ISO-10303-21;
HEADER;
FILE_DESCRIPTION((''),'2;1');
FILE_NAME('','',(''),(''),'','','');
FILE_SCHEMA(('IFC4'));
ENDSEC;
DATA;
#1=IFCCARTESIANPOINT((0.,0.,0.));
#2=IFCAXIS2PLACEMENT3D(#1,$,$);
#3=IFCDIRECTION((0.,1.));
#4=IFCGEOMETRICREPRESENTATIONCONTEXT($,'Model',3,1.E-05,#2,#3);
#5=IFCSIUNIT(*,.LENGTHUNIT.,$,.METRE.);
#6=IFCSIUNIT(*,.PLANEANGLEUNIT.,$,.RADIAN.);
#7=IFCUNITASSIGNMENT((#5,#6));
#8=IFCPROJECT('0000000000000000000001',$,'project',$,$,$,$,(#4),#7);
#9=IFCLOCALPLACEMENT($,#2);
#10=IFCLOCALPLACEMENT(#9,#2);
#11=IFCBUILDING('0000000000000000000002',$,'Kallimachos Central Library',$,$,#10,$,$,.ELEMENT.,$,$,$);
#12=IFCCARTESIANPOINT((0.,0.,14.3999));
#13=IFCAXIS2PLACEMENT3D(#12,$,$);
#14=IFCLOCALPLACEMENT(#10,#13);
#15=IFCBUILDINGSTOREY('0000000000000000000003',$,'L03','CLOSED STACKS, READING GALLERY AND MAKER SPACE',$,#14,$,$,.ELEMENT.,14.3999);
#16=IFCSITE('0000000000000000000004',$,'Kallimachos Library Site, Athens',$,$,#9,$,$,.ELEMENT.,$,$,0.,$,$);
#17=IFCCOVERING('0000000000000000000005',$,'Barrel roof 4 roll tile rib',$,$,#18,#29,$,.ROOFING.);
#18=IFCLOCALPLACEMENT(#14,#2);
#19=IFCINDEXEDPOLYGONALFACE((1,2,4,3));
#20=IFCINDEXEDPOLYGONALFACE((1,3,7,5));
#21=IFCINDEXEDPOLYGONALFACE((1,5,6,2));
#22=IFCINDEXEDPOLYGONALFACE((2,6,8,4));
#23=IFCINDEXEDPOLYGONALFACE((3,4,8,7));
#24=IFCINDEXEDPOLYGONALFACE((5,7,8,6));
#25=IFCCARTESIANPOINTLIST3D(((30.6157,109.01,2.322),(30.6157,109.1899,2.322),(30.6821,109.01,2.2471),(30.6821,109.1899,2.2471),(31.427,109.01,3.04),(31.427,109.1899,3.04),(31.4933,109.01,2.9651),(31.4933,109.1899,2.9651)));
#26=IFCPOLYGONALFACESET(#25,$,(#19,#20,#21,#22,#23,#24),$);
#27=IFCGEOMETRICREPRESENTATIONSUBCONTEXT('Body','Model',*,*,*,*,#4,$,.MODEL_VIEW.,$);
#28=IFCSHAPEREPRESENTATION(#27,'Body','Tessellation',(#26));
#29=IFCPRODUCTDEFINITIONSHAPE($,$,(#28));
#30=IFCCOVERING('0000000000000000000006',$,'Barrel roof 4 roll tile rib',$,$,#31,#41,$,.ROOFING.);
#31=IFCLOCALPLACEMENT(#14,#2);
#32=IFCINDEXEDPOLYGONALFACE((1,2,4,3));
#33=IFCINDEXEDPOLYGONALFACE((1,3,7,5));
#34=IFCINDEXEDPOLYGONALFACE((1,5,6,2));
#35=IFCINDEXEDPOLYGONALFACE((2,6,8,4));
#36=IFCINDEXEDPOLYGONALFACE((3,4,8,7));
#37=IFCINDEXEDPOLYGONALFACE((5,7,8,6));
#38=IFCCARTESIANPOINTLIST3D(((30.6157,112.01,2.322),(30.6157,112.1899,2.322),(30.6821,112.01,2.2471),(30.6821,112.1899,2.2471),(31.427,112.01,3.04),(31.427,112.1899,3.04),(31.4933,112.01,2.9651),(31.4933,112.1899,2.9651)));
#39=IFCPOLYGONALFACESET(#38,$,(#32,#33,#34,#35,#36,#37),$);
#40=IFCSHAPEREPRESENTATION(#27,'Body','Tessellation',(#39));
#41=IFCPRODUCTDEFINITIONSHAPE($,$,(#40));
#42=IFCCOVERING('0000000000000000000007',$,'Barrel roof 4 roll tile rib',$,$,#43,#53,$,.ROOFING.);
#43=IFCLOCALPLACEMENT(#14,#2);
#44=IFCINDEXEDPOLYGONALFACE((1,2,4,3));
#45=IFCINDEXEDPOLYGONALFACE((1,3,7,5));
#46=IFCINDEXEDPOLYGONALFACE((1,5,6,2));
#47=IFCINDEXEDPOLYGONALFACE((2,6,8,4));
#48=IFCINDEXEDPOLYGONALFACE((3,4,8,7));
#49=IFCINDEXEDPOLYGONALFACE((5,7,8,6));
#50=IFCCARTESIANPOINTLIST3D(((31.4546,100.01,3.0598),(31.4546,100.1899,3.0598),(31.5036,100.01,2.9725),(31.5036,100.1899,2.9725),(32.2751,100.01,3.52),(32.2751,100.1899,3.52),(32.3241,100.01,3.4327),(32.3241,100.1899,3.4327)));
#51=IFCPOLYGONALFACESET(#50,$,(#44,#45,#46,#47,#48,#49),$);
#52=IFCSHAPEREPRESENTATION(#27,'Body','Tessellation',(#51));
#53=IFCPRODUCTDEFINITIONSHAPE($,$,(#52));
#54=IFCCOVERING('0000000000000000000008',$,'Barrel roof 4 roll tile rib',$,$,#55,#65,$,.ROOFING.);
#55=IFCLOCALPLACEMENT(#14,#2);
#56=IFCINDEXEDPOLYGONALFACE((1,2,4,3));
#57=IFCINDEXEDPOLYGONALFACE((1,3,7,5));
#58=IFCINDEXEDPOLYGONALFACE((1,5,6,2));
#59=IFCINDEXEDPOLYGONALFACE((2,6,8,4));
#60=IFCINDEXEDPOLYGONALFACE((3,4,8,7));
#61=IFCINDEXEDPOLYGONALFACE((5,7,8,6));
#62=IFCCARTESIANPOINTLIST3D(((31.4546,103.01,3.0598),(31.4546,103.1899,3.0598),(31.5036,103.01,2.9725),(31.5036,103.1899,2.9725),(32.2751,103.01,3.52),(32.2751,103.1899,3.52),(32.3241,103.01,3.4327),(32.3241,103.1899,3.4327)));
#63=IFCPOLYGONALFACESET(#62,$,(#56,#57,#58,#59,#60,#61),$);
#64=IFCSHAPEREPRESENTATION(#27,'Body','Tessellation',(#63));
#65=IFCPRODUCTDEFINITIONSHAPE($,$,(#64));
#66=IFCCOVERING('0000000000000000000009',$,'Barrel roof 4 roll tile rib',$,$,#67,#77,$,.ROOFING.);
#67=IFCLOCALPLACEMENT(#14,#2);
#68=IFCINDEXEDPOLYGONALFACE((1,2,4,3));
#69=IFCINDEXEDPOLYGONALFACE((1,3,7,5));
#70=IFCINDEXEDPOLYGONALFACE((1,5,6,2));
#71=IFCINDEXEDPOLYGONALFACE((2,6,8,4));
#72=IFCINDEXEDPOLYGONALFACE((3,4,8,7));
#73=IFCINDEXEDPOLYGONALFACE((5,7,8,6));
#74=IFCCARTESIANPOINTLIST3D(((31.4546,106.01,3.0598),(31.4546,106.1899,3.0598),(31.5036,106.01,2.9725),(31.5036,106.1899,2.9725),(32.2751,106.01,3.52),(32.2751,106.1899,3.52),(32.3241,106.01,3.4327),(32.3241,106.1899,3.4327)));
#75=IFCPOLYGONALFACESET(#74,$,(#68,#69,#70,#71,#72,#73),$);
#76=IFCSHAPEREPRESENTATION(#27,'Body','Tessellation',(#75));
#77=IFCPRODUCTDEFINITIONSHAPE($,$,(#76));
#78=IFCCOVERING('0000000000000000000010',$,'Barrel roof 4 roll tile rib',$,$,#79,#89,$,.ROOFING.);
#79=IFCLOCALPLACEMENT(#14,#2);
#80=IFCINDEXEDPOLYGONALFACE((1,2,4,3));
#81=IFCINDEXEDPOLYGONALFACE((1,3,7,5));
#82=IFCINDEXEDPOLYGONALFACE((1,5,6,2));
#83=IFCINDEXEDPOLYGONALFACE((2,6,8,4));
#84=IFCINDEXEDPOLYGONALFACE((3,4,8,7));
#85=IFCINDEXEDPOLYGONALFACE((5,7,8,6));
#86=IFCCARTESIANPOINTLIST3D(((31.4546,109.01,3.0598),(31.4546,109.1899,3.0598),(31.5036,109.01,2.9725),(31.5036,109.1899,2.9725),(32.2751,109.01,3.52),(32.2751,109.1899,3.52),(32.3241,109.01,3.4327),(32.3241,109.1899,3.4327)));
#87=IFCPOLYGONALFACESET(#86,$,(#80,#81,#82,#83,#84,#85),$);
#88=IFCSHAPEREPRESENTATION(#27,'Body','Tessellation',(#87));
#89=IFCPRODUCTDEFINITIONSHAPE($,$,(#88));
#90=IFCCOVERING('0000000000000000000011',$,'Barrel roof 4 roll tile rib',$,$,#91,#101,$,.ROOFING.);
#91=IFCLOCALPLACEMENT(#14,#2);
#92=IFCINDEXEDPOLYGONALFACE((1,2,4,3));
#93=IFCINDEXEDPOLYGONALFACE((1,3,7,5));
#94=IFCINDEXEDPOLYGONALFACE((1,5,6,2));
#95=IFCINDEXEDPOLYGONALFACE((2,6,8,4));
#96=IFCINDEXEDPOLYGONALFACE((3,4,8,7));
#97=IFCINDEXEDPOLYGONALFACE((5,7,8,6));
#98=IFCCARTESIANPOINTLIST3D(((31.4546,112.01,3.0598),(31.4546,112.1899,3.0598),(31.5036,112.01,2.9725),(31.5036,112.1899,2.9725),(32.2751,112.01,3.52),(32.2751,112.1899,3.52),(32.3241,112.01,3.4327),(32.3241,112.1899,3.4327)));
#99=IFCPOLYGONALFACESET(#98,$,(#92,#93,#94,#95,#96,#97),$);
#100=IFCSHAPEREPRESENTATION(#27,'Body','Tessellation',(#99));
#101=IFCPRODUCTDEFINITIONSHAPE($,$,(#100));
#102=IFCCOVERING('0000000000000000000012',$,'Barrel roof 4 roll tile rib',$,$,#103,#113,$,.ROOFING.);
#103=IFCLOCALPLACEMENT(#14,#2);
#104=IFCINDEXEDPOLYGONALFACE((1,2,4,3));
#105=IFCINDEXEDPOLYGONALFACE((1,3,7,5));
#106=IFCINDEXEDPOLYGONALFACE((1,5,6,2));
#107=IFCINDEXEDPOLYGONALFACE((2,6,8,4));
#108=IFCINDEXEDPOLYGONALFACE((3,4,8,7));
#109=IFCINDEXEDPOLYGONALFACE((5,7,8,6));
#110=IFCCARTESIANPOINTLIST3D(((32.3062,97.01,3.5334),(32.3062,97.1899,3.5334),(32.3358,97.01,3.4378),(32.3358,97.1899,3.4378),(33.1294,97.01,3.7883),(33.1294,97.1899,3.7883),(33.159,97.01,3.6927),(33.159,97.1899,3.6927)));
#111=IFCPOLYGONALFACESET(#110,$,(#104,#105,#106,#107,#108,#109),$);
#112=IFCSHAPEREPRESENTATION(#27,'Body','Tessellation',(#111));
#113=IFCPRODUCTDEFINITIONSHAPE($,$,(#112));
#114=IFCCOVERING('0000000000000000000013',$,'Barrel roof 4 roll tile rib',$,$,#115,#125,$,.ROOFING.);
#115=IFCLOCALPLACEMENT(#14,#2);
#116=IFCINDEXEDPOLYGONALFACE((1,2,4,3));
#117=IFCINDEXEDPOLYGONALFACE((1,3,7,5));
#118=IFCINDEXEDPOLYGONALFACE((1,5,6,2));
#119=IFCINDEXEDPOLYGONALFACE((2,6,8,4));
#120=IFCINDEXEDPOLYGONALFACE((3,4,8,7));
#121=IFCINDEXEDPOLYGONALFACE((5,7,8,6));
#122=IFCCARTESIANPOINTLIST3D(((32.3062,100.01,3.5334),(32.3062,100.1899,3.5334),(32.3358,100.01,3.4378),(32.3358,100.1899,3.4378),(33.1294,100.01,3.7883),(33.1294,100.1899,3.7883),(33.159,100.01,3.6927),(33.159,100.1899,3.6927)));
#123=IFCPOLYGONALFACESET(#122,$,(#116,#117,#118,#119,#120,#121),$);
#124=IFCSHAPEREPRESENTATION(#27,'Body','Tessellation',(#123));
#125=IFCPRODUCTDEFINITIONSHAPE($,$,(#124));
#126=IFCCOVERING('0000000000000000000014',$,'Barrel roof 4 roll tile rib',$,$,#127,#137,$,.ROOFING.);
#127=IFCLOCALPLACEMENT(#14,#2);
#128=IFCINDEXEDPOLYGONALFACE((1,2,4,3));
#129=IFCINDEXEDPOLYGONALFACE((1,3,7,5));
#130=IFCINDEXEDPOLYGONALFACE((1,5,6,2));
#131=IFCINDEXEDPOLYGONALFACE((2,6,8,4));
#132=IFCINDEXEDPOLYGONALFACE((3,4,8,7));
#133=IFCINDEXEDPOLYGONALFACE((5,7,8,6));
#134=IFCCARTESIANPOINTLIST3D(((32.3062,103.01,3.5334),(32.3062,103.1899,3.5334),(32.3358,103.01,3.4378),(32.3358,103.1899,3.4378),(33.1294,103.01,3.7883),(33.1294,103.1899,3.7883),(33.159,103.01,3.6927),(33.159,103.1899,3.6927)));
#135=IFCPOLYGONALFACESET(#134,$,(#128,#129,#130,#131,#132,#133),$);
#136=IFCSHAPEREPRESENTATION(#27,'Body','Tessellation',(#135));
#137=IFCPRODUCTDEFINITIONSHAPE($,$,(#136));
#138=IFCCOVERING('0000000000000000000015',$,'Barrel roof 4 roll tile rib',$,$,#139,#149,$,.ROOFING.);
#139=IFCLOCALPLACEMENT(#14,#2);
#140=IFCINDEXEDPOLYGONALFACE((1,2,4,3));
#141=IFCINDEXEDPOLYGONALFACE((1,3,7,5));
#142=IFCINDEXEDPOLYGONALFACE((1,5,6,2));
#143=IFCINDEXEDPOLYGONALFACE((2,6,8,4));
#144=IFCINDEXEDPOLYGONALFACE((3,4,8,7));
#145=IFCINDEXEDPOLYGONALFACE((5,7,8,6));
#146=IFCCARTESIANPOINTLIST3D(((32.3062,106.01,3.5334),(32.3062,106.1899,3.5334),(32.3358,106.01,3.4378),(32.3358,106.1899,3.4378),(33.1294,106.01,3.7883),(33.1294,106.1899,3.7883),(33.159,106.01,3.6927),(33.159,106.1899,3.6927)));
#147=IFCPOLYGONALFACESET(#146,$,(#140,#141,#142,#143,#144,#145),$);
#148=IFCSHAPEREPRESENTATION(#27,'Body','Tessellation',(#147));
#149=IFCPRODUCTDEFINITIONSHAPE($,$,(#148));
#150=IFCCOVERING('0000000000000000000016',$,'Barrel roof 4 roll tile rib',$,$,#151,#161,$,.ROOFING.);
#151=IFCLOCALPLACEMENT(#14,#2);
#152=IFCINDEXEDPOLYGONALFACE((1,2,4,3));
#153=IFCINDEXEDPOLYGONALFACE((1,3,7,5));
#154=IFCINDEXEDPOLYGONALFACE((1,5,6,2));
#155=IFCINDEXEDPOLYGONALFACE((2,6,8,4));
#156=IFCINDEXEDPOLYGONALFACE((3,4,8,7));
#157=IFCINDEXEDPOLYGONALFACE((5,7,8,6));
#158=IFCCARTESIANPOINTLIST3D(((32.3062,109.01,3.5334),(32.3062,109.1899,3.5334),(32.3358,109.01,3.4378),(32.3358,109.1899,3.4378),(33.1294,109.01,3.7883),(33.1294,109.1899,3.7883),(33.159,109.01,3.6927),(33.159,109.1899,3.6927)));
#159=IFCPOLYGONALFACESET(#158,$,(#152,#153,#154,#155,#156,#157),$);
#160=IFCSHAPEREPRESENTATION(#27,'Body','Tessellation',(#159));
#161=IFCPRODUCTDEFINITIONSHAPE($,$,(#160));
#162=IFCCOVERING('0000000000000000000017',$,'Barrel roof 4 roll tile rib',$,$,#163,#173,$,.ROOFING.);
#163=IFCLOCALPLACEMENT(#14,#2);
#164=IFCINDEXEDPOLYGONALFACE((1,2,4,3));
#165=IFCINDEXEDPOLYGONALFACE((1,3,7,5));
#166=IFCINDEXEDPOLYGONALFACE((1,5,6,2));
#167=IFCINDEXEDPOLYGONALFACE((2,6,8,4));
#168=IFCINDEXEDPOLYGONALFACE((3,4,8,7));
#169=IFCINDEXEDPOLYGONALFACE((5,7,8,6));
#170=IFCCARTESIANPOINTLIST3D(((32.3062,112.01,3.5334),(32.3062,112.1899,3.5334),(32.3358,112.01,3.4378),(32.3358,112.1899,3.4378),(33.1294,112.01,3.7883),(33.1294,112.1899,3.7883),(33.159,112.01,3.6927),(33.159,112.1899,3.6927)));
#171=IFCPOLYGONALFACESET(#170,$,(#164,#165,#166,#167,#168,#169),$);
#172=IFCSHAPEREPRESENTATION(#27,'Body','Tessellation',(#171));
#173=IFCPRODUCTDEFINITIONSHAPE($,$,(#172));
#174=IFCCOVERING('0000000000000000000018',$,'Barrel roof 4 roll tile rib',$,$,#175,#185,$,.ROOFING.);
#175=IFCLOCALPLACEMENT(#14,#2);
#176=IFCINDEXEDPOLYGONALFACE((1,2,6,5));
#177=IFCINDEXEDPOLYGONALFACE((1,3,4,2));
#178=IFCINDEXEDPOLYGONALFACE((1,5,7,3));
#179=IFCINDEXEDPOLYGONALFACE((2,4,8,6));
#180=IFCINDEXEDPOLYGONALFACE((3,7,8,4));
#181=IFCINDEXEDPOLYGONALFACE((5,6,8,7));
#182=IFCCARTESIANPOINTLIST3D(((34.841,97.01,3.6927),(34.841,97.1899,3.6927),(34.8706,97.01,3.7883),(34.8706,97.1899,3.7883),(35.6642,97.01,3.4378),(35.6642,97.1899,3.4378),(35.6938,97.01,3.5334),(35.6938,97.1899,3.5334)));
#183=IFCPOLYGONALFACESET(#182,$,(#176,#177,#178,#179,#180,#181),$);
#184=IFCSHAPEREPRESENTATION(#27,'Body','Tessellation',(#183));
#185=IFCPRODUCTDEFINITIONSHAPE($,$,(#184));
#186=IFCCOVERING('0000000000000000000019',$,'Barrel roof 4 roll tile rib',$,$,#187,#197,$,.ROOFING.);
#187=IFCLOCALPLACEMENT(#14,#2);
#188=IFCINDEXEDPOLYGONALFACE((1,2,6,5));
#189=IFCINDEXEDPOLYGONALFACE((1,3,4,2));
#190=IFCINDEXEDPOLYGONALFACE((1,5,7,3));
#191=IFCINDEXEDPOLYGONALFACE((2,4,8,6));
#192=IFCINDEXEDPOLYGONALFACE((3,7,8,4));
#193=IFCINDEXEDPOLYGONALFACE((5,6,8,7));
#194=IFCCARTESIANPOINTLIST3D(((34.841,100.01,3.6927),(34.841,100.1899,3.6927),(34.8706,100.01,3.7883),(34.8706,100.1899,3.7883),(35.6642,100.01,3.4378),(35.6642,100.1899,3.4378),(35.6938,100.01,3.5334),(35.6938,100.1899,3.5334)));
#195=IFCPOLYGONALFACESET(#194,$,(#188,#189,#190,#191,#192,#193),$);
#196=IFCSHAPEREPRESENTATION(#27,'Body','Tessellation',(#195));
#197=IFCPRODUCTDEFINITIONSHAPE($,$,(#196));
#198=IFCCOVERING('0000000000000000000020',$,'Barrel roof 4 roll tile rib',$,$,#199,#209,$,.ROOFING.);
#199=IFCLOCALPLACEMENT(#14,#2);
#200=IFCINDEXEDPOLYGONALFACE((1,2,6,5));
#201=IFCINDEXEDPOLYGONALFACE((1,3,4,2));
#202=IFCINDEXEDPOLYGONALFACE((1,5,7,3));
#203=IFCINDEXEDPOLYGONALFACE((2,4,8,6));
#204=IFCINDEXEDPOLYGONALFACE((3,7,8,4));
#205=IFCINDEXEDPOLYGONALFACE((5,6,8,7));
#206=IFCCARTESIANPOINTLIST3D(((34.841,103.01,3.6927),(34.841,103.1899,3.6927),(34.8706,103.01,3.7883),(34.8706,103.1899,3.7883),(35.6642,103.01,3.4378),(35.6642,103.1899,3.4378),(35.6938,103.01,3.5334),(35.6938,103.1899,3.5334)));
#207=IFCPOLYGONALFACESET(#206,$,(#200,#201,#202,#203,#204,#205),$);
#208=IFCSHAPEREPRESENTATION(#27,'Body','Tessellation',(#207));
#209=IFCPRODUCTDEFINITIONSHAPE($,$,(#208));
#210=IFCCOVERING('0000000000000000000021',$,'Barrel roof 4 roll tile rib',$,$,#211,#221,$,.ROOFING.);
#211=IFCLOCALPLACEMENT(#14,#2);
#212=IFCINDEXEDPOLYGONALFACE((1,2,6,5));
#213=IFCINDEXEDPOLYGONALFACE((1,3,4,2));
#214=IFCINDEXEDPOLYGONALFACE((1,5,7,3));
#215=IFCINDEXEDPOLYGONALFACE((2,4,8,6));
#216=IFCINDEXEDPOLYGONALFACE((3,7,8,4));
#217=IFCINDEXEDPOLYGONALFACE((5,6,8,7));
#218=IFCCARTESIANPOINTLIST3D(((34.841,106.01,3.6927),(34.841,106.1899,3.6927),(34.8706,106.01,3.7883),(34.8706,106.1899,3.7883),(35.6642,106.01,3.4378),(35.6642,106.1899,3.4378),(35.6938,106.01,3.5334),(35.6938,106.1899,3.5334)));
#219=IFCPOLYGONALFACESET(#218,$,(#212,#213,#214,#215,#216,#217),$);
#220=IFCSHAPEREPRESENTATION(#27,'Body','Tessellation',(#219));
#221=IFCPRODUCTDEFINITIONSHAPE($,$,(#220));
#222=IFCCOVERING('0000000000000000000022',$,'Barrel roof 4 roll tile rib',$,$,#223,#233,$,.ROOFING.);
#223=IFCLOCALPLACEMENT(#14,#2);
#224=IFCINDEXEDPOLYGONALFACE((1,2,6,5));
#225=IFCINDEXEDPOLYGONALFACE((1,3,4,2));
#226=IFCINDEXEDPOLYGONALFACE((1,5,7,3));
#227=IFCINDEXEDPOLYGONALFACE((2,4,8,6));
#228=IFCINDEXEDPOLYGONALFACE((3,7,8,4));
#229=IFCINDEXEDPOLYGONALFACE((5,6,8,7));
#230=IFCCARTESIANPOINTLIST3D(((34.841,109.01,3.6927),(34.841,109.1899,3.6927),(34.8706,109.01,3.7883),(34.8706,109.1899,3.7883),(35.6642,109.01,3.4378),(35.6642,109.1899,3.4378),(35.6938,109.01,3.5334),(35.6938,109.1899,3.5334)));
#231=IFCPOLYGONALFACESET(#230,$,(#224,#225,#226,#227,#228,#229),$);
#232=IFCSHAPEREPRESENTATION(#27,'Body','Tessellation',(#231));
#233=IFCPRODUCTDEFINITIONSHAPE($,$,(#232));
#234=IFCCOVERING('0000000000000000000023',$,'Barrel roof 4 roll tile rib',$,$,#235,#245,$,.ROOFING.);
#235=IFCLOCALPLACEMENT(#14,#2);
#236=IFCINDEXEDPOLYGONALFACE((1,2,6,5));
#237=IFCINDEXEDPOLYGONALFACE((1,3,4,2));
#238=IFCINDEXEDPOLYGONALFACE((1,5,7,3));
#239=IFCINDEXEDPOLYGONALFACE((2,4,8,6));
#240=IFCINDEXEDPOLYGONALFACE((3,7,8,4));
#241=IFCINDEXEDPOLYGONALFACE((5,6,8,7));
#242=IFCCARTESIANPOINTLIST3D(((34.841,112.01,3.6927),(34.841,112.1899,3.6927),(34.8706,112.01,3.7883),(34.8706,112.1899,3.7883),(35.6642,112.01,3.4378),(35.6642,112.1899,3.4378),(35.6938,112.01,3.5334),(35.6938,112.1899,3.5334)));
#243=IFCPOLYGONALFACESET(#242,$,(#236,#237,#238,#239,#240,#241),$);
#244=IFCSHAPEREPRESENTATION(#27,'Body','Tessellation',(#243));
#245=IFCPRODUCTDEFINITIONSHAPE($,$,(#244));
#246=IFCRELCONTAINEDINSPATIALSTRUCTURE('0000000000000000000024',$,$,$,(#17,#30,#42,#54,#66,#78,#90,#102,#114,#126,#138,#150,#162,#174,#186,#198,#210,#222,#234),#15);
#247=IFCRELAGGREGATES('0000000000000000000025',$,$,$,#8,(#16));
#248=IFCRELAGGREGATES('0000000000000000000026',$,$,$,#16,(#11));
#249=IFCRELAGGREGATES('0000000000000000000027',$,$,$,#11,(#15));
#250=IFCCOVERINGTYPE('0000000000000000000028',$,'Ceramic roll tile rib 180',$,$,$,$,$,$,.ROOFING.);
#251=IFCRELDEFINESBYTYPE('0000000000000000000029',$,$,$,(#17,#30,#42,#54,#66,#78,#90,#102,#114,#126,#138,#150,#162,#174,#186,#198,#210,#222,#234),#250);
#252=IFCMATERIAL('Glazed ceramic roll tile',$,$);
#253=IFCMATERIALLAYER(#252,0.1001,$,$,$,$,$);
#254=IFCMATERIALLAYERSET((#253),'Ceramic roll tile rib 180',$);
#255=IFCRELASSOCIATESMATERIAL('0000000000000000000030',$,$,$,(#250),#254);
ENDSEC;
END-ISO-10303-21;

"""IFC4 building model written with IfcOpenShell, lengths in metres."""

from ifc_helpers import new_model, si_unit, direction, frame, origin, place, context, subcontext, project, spatial, polyline, outline, extrude, material, layer, layer_set, type_object, element, save


model = new_model("IFC4")

# Units and contexts
model_context = context("Model", 3, precision=1e-05, world=origin(), true_north=direction((0.0, 1.0)))
body_context = subcontext(model_context, "Body", "Model", "MODEL_VIEW")
ifc_project = project(units=[si_unit("LENGTHUNIT", "METRE"), si_unit("PLANEANGLEUNIT", "RADIAN")], contexts=[model_context])

# Site, building, storey
site_placement = place(None, origin())
site = spatial("IfcSite", under=ifc_project, at=site_placement, Name="Kallimachos Library Site, Athens", CompositionType="ELEMENT", RefElevation=0.0)
building_placement = place(site_placement, origin())
building = spatial("IfcBuilding", under=site, at=building_placement, Name="Kallimachos Central Library", CompositionType="ELEMENT")
storey_placement = place(building_placement, frame((0.0, 0.0, 14.3999)))
storey = spatial("IfcBuildingStorey", under=building, at=storey_placement, Name="L03", Description="CLOSED STACKS, READING GALLERY AND MAKER SPACE", CompositionType="ELEMENT", Elevation=14.3999)

# Coverings
ifc_material_1 = material(Name="Glazed ceramic roll tile")
ifc_layer_1 = layer(ifc_material_1, 0.1001)
ifc_layer_set_1 = layer_set([ifc_layer_1], Name="Ceramic roll tile rib 180")
covering_type_1 = type_object("IfcCoveringType", Name="Ceramic roll tile rib 180", PredefinedType="ROOFING", material=ifc_layer_set_1)
for number, where, z_axis, x_axis, name in (
    (1, (30.6157, 109.01, 2.322), (-0.662754, 0.0, 0.748837), (0.748837, 0.0, 0.662754), "Barrel roof 4 roll tile rib"),
    (2, (30.6157, 112.01, 2.322), (-0.662754, 0.0, 0.748837), (0.748837, 0.0, 0.662754), "Barrel roof 4 roll tile rib"),
):
    element("IfcCovering", number, at=place(storey_placement, frame(where, z_axis=z_axis, x_axis=x_axis)), inside=storey, type_object=covering_type_1, Name=name, PredefinedType="ROOFING", context=body_context, shape_type="SweptSolid", body=[
        extrude(outline(polyline([(0.0, 0.0), (1.0834, 0.0), (1.0834, 0.1799), (0.0, 0.1799), (0.0, 0.0)])), origin(), (0.0, 0.0, -1.0), 0.1001),
    ])
for number, where, z_axis, x_axis, name in (
    (3, (31.4546, 100.01, 3.0598), (-0.489164, 0.0, 0.872192), (0.872192, 0.0, 0.489164), "Barrel roof 4 roll tile rib"),
    (4, (31.4546, 103.01, 3.0598), (-0.489164, 0.0, 0.872192), (0.872192, 0.0, 0.489164), "Barrel roof 4 roll tile rib"),
    (5, (31.4546, 106.01, 3.0598), (-0.489164, 0.0, 0.872192), (0.872192, 0.0, 0.489164), "Barrel roof 4 roll tile rib"),
    (6, (31.4546, 109.01, 3.0598), (-0.489164, 0.0, 0.872192), (0.872192, 0.0, 0.489164), "Barrel roof 4 roll tile rib"),
    (7, (31.4546, 112.01, 3.0598), (-0.489164, 0.0, 0.872192), (0.872192, 0.0, 0.489164), "Barrel roof 4 roll tile rib"),
):
    element("IfcCovering", number, at=place(storey_placement, frame(where, z_axis=z_axis, x_axis=x_axis)), inside=storey, type_object=covering_type_1, Name=name, PredefinedType="ROOFING", context=body_context, shape_type="SweptSolid", body=[
        extrude(outline(polyline([(0.0, 0.0), (0.9408, 0.0), (0.9408, 0.1799), (0.0, 0.1799), (0.0, 0.0)])), origin(), (0.0, 0.0, -1.0), 0.1001),
    ])
for number, where, z_axis, x_axis, name in (
    (8, (32.3062, 97.01, 3.5334), (-0.295758, 0.0, 0.955263), (0.955263, 0.0, 0.295758), "Barrel roof 4 roll tile rib"),
    (9, (32.3062, 100.01, 3.5334), (-0.295758, 0.0, 0.955263), (0.955263, 0.0, 0.295758), "Barrel roof 4 roll tile rib"),
    (10, (32.3062, 103.01, 3.5334), (-0.295758, 0.0, 0.955263), (0.955263, 0.0, 0.295758), "Barrel roof 4 roll tile rib"),
    (11, (32.3062, 106.01, 3.5334), (-0.295758, 0.0, 0.955263), (0.955263, 0.0, 0.295758), "Barrel roof 4 roll tile rib"),
    (12, (32.3062, 109.01, 3.5334), (-0.295758, 0.0, 0.955263), (0.955263, 0.0, 0.295758), "Barrel roof 4 roll tile rib"),
    (13, (32.3062, 112.01, 3.5334), (-0.295758, 0.0, 0.955263), (0.955263, 0.0, 0.295758), "Barrel roof 4 roll tile rib"),
    (14, (34.8706, 97.01, 3.7883), (0.295758, 0.0, 0.955263), (0.955263, 0.0, -0.295758), "Barrel roof 4 roll tile rib"),
    (15, (34.8706, 100.01, 3.7883), (0.295758, 0.0, 0.955263), (0.955263, 0.0, -0.295758), "Barrel roof 4 roll tile rib"),
    (16, (34.8706, 103.01, 3.7883), (0.295758, 0.0, 0.955263), (0.955263, 0.0, -0.295758), "Barrel roof 4 roll tile rib"),
    (17, (34.8706, 106.01, 3.7883), (0.295758, 0.0, 0.955263), (0.955263, 0.0, -0.295758), "Barrel roof 4 roll tile rib"),
    (18, (34.8706, 109.01, 3.7883), (0.295758, 0.0, 0.955263), (0.955263, 0.0, -0.295758), "Barrel roof 4 roll tile rib"),
    (19, (34.8706, 112.01, 3.7883), (0.295758, 0.0, 0.955263), (0.955263, 0.0, -0.295758), "Barrel roof 4 roll tile rib"),
):
    element("IfcCovering", number, at=place(storey_placement, frame(where, z_axis=z_axis, x_axis=x_axis)), inside=storey, type_object=covering_type_1, Name=name, PredefinedType="ROOFING", context=body_context, shape_type="SweptSolid", body=[
        extrude(outline(polyline([(0.0, 0.0), (0.8618, 0.0), (0.8618, 0.1799), (0.0, 0.1799), (0.0, 0.0)])), origin(), (0.0, 0.0, -1.0), 0.1001),
    ])

save(model, "model.ifc")
